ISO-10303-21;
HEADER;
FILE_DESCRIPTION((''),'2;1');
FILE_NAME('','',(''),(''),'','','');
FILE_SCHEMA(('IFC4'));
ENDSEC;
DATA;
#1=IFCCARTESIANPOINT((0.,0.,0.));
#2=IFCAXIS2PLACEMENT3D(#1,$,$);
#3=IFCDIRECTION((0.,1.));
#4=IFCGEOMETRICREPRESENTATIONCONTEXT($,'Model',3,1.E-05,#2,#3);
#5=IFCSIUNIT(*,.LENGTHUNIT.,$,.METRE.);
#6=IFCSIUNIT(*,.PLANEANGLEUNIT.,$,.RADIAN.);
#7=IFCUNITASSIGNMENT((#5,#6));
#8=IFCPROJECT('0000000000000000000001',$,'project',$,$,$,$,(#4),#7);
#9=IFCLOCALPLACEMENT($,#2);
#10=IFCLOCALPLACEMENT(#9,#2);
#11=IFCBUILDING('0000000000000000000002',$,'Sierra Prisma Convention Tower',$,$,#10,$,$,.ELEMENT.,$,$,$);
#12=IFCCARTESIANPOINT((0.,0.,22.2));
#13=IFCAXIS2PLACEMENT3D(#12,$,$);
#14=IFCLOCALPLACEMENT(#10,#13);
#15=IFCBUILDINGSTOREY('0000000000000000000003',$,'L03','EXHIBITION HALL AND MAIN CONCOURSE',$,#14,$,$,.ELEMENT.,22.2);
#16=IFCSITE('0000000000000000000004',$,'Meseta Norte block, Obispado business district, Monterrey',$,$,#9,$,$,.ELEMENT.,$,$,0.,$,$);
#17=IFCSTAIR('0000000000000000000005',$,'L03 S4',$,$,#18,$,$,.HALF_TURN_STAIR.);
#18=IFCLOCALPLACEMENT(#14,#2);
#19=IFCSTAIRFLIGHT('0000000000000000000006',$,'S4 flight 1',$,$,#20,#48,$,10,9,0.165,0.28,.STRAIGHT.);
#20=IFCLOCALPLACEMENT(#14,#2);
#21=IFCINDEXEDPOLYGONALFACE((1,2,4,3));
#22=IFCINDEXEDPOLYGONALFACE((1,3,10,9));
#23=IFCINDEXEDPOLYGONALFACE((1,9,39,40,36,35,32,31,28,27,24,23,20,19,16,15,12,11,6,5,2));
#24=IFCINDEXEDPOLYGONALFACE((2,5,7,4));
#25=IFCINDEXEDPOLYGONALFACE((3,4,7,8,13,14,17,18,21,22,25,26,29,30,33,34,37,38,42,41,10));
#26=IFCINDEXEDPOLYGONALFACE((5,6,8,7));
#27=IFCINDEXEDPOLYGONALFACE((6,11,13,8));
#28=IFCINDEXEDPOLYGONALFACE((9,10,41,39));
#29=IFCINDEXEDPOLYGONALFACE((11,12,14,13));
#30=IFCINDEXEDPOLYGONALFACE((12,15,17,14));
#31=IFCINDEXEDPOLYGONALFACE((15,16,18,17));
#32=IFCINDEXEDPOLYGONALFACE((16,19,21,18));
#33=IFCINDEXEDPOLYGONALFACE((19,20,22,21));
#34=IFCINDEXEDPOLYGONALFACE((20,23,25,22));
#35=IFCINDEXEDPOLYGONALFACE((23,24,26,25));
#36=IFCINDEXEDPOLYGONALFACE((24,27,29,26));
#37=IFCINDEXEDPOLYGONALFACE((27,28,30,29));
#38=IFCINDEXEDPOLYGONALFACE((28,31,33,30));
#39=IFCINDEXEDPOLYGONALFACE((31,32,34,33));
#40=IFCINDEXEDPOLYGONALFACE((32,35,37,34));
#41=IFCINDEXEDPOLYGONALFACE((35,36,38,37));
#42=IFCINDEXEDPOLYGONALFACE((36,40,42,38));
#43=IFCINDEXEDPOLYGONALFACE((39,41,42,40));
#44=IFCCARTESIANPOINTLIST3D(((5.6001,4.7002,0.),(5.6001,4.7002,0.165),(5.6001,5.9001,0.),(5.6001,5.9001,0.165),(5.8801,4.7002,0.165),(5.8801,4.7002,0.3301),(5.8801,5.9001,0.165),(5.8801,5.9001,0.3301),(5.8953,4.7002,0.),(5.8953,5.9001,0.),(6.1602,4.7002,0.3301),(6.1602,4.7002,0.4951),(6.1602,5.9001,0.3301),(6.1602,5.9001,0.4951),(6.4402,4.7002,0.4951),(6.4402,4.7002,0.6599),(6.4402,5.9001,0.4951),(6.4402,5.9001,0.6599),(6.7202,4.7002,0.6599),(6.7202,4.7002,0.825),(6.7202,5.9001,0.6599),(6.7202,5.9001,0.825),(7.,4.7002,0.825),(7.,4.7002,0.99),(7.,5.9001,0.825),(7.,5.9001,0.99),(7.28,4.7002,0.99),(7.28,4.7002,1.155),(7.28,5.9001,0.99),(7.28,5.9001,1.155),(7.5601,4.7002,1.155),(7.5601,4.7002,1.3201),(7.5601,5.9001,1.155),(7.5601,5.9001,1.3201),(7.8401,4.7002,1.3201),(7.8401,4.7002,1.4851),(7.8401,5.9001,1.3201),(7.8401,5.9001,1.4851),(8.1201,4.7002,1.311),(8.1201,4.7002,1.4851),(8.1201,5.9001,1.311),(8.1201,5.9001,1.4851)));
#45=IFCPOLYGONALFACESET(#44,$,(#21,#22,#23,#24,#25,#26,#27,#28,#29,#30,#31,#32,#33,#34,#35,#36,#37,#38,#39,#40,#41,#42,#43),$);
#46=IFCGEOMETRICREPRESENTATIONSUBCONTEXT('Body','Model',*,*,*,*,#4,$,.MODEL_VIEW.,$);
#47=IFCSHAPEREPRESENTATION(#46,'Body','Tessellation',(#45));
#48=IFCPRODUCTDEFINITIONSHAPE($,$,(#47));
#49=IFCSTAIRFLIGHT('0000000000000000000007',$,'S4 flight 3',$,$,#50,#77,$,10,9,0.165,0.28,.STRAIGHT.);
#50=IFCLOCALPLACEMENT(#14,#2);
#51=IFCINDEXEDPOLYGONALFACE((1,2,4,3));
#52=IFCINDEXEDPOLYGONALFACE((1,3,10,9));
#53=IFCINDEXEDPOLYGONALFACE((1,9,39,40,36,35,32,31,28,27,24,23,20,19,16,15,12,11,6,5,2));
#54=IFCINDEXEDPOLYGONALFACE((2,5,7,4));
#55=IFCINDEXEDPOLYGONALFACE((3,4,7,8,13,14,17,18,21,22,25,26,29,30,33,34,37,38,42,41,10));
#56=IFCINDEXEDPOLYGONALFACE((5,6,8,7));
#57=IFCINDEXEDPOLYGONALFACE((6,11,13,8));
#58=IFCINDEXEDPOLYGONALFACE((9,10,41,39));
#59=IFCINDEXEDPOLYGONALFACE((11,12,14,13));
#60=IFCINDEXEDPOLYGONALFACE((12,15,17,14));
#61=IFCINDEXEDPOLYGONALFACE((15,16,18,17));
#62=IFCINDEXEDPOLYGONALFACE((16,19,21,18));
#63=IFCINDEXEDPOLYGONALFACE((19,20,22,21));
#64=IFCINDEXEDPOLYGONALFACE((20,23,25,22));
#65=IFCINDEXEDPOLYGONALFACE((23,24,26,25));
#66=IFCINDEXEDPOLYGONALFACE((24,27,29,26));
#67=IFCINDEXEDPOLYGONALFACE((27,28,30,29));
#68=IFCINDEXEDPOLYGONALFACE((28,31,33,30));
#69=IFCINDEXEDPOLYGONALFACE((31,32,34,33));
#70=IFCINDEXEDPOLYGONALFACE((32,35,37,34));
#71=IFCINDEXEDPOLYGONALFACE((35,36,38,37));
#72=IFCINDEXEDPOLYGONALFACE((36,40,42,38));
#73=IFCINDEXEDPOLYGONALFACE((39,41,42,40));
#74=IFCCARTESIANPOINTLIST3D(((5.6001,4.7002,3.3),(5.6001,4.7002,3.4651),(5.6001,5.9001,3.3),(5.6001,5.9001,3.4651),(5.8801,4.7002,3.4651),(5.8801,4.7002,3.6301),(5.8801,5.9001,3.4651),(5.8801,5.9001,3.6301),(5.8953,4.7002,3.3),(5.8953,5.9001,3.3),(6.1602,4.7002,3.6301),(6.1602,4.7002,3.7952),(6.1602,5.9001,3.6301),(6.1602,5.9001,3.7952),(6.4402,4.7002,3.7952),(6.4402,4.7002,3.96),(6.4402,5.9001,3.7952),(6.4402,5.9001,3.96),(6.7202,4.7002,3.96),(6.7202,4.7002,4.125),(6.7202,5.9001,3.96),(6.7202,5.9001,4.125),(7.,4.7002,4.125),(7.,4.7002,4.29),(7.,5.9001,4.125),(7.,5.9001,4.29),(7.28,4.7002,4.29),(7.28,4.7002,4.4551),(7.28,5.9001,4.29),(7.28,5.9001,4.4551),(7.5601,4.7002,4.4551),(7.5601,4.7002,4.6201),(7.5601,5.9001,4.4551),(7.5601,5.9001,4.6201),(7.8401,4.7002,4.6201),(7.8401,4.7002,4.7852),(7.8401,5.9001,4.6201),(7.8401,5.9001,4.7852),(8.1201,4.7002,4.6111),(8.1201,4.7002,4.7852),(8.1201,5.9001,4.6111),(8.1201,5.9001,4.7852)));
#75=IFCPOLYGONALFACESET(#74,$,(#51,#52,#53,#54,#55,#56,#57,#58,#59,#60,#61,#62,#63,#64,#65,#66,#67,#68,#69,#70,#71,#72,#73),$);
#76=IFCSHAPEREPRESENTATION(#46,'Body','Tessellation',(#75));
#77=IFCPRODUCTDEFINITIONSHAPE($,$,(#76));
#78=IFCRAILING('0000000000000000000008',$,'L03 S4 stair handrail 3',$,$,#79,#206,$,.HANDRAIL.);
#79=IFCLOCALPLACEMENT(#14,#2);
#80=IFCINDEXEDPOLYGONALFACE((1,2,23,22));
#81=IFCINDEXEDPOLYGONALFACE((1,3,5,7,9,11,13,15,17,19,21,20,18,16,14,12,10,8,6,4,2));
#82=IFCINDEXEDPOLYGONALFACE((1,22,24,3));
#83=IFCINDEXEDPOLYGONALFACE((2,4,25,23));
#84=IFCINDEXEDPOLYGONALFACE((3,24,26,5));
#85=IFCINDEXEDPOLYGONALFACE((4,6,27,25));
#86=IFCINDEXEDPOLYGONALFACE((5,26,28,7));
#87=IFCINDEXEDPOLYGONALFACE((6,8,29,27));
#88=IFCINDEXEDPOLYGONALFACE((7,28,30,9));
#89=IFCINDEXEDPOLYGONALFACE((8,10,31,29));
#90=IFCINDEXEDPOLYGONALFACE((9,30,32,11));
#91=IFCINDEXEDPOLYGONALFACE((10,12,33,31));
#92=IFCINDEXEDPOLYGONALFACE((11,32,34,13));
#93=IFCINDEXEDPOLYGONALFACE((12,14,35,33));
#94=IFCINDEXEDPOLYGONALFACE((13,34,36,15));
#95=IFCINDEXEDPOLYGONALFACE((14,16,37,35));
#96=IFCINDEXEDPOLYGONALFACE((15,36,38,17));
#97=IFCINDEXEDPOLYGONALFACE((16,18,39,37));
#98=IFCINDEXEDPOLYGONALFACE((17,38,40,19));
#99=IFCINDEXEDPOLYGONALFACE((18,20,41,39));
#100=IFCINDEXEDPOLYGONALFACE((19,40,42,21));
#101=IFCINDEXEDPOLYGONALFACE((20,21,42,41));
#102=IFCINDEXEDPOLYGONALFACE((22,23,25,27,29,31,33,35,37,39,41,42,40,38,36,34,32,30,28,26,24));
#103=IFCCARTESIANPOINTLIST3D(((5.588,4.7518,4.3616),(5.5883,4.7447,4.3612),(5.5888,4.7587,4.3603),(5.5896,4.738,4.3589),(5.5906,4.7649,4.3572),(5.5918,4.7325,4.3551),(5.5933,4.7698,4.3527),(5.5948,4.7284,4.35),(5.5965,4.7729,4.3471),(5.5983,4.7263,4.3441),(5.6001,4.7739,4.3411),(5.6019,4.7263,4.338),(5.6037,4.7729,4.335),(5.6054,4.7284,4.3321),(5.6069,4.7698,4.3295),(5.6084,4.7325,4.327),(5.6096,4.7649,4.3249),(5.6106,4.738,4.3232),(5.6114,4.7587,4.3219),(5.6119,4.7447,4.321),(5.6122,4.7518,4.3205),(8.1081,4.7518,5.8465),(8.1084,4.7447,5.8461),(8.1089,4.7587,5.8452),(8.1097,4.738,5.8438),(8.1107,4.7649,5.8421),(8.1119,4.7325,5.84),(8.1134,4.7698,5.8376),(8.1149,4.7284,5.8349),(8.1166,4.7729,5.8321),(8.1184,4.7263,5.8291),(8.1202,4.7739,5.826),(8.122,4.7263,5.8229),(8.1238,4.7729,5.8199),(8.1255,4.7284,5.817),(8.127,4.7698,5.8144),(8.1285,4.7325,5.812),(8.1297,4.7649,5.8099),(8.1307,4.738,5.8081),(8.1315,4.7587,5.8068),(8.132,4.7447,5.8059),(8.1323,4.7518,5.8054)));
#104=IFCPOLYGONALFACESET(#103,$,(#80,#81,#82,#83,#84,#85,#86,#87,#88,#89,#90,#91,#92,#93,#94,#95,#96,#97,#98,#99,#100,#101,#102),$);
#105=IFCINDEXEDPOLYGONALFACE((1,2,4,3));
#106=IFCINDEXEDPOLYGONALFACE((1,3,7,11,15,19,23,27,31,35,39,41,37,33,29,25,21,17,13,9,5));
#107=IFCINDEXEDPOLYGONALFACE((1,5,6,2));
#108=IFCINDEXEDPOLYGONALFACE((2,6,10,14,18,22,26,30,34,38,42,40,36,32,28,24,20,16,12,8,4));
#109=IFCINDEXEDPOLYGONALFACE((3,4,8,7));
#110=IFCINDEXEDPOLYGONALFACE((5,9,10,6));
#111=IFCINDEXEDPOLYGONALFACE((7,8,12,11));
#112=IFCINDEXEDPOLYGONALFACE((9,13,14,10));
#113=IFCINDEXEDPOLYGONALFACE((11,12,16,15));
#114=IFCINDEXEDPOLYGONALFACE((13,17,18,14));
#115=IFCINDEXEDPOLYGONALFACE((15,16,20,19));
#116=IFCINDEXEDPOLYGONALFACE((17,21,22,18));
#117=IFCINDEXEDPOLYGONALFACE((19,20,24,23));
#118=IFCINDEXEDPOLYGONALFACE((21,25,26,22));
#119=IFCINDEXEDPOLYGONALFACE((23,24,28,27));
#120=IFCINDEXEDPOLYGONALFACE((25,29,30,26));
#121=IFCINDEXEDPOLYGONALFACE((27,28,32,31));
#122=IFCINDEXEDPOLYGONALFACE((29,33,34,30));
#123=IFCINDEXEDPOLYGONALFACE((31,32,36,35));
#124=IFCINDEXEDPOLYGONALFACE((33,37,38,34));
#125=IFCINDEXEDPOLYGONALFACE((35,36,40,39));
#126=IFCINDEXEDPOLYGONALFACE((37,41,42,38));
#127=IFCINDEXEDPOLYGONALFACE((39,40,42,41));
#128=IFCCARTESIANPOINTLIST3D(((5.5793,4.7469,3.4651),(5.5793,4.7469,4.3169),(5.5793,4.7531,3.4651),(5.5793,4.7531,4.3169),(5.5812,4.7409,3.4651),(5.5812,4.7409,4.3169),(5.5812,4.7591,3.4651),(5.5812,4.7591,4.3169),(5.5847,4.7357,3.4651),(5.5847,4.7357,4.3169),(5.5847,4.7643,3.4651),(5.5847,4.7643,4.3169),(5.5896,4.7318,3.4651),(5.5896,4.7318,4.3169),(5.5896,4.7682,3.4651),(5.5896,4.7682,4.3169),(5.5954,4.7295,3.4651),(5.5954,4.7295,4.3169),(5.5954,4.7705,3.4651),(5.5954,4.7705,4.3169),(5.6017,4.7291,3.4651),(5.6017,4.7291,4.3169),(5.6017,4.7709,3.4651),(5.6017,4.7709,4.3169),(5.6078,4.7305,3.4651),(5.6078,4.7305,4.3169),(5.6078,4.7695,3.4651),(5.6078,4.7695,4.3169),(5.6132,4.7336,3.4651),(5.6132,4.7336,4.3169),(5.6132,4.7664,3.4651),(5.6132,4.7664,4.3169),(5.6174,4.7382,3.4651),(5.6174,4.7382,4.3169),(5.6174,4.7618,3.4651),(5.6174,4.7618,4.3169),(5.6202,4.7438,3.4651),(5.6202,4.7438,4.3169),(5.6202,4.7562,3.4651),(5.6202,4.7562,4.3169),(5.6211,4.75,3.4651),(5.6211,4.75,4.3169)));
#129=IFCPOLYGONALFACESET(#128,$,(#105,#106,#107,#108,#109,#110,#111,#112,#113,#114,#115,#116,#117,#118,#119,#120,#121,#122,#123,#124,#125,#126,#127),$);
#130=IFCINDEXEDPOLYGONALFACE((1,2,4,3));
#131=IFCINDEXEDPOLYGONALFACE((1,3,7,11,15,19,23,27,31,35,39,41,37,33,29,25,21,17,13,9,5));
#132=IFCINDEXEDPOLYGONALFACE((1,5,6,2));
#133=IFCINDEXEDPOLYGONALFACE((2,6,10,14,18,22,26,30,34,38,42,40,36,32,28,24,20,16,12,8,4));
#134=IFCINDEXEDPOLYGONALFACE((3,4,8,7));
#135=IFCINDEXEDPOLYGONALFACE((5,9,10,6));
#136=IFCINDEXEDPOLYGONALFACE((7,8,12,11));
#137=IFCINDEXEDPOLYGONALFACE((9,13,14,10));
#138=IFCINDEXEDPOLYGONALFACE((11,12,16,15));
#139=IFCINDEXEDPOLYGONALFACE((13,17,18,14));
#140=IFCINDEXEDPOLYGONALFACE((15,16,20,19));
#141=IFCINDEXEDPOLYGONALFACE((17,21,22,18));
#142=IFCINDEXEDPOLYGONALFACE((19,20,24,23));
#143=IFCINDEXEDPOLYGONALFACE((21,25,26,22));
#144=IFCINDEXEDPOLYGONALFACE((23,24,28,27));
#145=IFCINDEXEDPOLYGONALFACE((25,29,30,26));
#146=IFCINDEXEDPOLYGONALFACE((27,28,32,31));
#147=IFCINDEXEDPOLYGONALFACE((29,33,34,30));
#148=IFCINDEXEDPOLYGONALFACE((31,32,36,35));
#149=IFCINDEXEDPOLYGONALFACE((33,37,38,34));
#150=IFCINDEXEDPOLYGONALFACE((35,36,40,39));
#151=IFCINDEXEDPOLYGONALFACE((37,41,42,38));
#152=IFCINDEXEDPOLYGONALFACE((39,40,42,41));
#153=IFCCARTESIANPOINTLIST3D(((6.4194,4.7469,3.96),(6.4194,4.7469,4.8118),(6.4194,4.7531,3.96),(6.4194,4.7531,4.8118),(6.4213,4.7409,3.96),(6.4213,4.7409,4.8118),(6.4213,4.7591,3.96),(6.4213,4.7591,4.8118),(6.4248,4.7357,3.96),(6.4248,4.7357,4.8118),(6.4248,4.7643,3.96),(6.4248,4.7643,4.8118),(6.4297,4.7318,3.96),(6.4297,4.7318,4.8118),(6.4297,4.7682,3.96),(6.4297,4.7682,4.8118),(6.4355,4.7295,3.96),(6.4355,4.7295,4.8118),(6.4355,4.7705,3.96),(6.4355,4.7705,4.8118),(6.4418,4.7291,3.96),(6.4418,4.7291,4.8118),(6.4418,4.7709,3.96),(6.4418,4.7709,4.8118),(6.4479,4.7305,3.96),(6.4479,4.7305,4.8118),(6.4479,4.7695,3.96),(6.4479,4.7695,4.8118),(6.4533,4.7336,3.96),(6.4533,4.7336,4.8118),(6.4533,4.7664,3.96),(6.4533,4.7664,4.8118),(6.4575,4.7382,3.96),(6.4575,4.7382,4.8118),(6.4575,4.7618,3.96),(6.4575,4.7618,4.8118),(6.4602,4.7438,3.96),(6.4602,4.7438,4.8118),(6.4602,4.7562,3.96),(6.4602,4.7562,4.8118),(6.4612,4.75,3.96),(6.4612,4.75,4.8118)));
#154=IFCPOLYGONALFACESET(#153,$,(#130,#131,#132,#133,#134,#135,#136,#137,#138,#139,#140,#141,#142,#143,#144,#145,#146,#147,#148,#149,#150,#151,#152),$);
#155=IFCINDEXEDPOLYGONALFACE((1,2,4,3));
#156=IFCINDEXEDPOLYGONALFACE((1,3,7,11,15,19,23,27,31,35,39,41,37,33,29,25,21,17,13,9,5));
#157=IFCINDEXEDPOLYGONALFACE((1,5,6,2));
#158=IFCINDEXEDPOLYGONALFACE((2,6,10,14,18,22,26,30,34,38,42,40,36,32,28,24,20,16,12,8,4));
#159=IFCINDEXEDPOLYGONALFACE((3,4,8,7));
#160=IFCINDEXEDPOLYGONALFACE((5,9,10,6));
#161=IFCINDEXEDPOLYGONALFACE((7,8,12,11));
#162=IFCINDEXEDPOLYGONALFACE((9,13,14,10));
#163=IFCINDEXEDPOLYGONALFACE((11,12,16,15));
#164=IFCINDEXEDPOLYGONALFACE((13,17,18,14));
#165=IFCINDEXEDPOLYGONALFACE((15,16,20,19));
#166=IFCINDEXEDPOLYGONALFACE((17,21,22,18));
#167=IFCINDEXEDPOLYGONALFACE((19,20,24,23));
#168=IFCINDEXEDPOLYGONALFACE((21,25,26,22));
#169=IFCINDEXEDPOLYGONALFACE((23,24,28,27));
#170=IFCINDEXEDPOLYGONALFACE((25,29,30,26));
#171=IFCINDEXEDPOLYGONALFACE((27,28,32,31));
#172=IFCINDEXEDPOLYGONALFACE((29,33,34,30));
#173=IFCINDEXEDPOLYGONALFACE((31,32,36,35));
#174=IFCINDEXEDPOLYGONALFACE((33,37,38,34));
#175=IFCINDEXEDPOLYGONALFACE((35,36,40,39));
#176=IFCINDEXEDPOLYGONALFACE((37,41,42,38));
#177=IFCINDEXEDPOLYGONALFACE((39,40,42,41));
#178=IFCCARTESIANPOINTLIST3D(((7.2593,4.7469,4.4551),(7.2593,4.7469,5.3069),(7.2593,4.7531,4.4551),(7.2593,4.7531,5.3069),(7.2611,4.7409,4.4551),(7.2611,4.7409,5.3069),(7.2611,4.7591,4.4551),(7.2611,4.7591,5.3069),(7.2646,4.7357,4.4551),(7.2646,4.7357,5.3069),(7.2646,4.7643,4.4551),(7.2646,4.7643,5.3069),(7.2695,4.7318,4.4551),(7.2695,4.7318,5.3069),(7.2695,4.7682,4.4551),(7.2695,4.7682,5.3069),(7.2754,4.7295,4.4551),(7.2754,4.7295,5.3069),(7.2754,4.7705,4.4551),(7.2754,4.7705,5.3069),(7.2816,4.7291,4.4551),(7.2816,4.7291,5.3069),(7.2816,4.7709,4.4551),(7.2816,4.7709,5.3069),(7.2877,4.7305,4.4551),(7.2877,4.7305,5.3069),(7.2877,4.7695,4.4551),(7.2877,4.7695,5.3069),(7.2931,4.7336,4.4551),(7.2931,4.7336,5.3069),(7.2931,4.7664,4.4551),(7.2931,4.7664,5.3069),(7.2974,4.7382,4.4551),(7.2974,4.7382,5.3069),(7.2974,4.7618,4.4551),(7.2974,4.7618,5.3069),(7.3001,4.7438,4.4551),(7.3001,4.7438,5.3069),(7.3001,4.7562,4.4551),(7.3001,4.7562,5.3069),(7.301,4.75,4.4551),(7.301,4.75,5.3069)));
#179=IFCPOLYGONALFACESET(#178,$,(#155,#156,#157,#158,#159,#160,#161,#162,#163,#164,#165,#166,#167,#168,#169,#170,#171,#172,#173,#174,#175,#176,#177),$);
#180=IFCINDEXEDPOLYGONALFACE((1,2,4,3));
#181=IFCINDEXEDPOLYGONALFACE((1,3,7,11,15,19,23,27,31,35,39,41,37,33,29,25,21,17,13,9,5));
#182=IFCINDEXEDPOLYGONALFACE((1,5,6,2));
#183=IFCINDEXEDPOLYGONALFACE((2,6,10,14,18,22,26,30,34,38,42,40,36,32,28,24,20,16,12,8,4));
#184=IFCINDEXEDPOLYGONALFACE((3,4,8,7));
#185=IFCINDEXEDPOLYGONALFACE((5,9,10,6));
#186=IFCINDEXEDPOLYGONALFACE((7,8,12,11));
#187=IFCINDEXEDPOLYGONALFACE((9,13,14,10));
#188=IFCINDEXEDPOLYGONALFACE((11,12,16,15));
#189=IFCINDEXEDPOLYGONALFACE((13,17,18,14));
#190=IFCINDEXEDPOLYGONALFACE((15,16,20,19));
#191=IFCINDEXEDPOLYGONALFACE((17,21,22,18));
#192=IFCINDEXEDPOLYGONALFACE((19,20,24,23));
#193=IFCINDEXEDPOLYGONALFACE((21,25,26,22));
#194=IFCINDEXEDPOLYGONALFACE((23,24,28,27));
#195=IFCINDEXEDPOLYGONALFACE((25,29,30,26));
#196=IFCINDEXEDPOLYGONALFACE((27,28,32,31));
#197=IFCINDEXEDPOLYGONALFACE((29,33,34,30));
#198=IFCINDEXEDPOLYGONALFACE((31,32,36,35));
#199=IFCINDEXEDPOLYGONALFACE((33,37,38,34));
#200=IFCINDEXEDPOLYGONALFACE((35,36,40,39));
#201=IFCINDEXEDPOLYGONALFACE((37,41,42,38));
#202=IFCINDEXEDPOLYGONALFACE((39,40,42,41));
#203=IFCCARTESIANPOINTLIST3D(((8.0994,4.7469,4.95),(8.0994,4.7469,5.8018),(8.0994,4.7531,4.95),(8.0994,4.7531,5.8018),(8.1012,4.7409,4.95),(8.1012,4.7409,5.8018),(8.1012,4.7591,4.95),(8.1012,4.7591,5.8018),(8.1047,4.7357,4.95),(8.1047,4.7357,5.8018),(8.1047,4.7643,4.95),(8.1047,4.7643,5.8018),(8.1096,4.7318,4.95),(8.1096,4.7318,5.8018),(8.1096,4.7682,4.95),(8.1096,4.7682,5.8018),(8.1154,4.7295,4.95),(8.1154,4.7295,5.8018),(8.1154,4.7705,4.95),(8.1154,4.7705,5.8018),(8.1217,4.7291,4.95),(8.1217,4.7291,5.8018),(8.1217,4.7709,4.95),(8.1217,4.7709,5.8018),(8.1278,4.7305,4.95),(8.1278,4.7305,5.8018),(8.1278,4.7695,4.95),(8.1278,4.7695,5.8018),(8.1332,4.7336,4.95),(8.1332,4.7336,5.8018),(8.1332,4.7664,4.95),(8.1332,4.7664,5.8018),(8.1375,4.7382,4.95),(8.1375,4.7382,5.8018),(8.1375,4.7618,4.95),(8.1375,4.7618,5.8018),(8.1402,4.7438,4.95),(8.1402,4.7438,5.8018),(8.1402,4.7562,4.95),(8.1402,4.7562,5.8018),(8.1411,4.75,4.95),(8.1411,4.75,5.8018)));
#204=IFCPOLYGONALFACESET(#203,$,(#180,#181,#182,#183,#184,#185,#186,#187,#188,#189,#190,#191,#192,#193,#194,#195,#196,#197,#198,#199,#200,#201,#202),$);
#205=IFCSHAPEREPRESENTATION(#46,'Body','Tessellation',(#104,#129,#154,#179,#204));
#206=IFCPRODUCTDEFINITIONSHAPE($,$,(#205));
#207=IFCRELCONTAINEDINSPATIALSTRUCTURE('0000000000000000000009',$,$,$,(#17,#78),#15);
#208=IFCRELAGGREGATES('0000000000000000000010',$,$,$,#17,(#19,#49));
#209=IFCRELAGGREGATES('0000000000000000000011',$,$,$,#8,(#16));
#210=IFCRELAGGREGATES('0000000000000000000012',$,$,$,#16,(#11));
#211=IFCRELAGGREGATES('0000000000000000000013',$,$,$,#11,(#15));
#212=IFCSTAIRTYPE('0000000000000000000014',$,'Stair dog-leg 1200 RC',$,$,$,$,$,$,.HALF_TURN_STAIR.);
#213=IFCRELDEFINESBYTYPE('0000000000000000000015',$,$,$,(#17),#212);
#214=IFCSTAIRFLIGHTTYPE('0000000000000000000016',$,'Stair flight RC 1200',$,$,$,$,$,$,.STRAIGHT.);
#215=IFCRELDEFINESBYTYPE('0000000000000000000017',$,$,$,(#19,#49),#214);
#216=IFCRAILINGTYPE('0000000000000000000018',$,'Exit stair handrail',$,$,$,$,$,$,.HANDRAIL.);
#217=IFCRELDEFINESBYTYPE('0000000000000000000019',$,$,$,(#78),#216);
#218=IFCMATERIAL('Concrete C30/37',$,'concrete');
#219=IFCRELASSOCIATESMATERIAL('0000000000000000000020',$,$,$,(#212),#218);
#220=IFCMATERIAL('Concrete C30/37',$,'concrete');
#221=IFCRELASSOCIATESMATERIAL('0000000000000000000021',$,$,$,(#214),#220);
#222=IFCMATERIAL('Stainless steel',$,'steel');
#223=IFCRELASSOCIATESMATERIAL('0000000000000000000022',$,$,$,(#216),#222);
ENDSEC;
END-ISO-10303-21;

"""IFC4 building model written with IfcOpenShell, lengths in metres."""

from ifc_helpers import new_model, si_unit, direction, frame, origin, origin_2d, place, context, subcontext, project, spatial, polyline, circle, outline, extrude, material, type_object, element, aggregate, save


model = new_model("IFC4")

# Units and contexts
model_context = context("Model", 3, precision=1e-05, world=origin(), true_north=direction((0.0, 1.0)))
body_context = subcontext(model_context, "Body", "Model", "MODEL_VIEW")
ifc_project = project(units=[si_unit("LENGTHUNIT", "METRE"), si_unit("PLANEANGLEUNIT", "RADIAN")], contexts=[model_context])

# Site, building, storey
site_placement = place(None, origin())
site = spatial("IfcSite", under=ifc_project, at=site_placement, Name="Meseta Norte block, Obispado business district, Monterrey", CompositionType="ELEMENT", RefElevation=0.0)
building_placement = place(site_placement, origin())
building = spatial("IfcBuilding", under=site, at=building_placement, Name="Sierra Prisma Convention Tower", CompositionType="ELEMENT")
storey_placement = place(building_placement, frame((0.0, 0.0, 22.2)))
storey = spatial("IfcBuildingStorey", under=building, at=storey_placement, Name="L03", Description="EXHIBITION HALL AND MAIN CONCOURSE", CompositionType="ELEMENT", Elevation=22.2)

# Stair, stair flights
ifc_material_1 = material(Name="Concrete C30/37", Category="concrete")
stair_type = type_object("IfcStairType", Name="Stair dog-leg 1200 RC", PredefinedType="HALF_TURN_STAIR", material=ifc_material_1)
stair_placement = place(storey_placement, origin())
stair = element("IfcStair", 1, at=stair_placement, inside=storey, type_object=stair_type, Name="L03 S4", PredefinedType="HALF_TURN_STAIR")
ifc_material_2 = material(Name="Concrete C30/37", Category="concrete")
stair_flight_type = type_object("IfcStairFlightType", Name="Stair flight RC 1200", PredefinedType="STRAIGHT", material=ifc_material_2)
stair_flight_1_placement = place(storey_placement, frame((5.6001, 5.3, 0.0), z_axis=(0.0, 0.0, 1.0), x_axis=(1.0, 0.0, 0.0)))
stair_flight_1 = element("IfcStairFlight", 2, at=stair_flight_1_placement, type_object=stair_flight_type, Name="S4 flight 1", NumberOfRisers=10, NumberOfTreads=9, PredefinedType="STRAIGHT", RiserHeight=0.165, TreadLength=0.28, context=body_context, shape_type="SweptSolid", body=[
    extrude(outline(polyline([(0.0, 0.0), (0.0, 0.165), (0.28, 0.165), (0.28, 0.3301), (0.5601, 0.3301), (0.5601, 0.4951), (0.8401, 0.4951), (0.8401, 0.6599), (1.1201, 0.6599), (1.1201, 0.825), (1.3999, 0.825), (1.3999, 0.99), (1.6799, 0.99), (1.6799, 1.155), (1.96, 1.155), (1.96, 1.3201), (2.24, 1.3201), (2.24, 1.4851), (2.52, 1.4851), (2.52, 1.6499), (2.52, 1.311), (0.2952, 0.0), (0.0, 0.0)])), frame((0.0, 0.6001, 0.0), z_axis=(0.0, -1.0, 0.0), x_axis=(1.0, 0.0, 0.0)), (0.0, 0.0, 1.0), 1.2),
])
stair_flight_2_placement = place(storey_placement, frame((5.6001, 5.3, 3.3), z_axis=(0.0, 0.0, 1.0), x_axis=(1.0, 0.0, 0.0)))
stair_flight_2 = element("IfcStairFlight", 3, at=stair_flight_2_placement, type_object=stair_flight_type, Name="S4 flight 3", NumberOfRisers=10, NumberOfTreads=9, PredefinedType="STRAIGHT", RiserHeight=0.165, TreadLength=0.28, context=body_context, shape_type="SweptSolid", body=[
    extrude(outline(polyline([(0.0, 0.0), (0.0, 0.165), (0.28, 0.165), (0.28, 0.3301), (0.5601, 0.3301), (0.5601, 0.4951), (0.8401, 0.4951), (0.8401, 0.6599), (1.1201, 0.6599), (1.1201, 0.825), (1.3999, 0.825), (1.3999, 0.99), (1.6799, 0.99), (1.6799, 1.155), (1.96, 1.155), (1.96, 1.3201), (2.24, 1.3201), (2.24, 1.4851), (2.52, 1.4851), (2.52, 1.6499), (2.52, 1.311), (0.2952, 0.0), (0.0, 0.0)])), frame((0.0, 0.6001, 0.0), z_axis=(0.0, -1.0, 0.0), x_axis=(1.0, 0.0, 0.0)), (0.0, 0.0, 1.0), 1.2),
])
aggregate(stair, [stair_flight_1, stair_flight_2])

# Railing
ifc_material_3 = material(Name="Stainless steel", Category="steel")
railing_type_1 = type_object("IfcRailingType", Name="Exit stair handrail", PredefinedType="HANDRAIL", material=ifc_material_3)
railing_1_placement = place(storey_placement, frame((5.6001, 4.75, 3.4651)))
element("IfcRailing", 4, at=railing_1_placement, inside=storey, type_object=railing_type_1, Name="L03 S4 stair handrail 3", PredefinedType="HANDRAIL", context=body_context, shape_type="SweptSolid", body=[
    extrude(circle(Radius=0.0239, at=origin_2d()), frame((0.0, 0.0, 0.876), z_axis=(0.861561, 0.0, 0.507655), x_axis=(0.0, 1.0, 0.0)), (0.0, 0.0, 1.0), 2.925),
    extrude(circle(Radius=0.021, at=origin_2d()), origin(), (0.0, 0.0, 1.0), 0.8518),
    extrude(circle(Radius=0.021, at=origin_2d()), frame((0.8401, 0.0, 0.4949)), (0.0, 0.0, 1.0), 0.8518),
    extrude(circle(Radius=0.021, at=origin_2d()), frame((1.6799, 0.0, 0.99)), (0.0, 0.0, 1.0), 0.8518),
    extrude(circle(Radius=0.021, at=origin_2d()), frame((2.52, 0.0, 1.4849)), (0.0, 0.0, 1.0), 0.8518),
])

save(model, "model.ifc")
